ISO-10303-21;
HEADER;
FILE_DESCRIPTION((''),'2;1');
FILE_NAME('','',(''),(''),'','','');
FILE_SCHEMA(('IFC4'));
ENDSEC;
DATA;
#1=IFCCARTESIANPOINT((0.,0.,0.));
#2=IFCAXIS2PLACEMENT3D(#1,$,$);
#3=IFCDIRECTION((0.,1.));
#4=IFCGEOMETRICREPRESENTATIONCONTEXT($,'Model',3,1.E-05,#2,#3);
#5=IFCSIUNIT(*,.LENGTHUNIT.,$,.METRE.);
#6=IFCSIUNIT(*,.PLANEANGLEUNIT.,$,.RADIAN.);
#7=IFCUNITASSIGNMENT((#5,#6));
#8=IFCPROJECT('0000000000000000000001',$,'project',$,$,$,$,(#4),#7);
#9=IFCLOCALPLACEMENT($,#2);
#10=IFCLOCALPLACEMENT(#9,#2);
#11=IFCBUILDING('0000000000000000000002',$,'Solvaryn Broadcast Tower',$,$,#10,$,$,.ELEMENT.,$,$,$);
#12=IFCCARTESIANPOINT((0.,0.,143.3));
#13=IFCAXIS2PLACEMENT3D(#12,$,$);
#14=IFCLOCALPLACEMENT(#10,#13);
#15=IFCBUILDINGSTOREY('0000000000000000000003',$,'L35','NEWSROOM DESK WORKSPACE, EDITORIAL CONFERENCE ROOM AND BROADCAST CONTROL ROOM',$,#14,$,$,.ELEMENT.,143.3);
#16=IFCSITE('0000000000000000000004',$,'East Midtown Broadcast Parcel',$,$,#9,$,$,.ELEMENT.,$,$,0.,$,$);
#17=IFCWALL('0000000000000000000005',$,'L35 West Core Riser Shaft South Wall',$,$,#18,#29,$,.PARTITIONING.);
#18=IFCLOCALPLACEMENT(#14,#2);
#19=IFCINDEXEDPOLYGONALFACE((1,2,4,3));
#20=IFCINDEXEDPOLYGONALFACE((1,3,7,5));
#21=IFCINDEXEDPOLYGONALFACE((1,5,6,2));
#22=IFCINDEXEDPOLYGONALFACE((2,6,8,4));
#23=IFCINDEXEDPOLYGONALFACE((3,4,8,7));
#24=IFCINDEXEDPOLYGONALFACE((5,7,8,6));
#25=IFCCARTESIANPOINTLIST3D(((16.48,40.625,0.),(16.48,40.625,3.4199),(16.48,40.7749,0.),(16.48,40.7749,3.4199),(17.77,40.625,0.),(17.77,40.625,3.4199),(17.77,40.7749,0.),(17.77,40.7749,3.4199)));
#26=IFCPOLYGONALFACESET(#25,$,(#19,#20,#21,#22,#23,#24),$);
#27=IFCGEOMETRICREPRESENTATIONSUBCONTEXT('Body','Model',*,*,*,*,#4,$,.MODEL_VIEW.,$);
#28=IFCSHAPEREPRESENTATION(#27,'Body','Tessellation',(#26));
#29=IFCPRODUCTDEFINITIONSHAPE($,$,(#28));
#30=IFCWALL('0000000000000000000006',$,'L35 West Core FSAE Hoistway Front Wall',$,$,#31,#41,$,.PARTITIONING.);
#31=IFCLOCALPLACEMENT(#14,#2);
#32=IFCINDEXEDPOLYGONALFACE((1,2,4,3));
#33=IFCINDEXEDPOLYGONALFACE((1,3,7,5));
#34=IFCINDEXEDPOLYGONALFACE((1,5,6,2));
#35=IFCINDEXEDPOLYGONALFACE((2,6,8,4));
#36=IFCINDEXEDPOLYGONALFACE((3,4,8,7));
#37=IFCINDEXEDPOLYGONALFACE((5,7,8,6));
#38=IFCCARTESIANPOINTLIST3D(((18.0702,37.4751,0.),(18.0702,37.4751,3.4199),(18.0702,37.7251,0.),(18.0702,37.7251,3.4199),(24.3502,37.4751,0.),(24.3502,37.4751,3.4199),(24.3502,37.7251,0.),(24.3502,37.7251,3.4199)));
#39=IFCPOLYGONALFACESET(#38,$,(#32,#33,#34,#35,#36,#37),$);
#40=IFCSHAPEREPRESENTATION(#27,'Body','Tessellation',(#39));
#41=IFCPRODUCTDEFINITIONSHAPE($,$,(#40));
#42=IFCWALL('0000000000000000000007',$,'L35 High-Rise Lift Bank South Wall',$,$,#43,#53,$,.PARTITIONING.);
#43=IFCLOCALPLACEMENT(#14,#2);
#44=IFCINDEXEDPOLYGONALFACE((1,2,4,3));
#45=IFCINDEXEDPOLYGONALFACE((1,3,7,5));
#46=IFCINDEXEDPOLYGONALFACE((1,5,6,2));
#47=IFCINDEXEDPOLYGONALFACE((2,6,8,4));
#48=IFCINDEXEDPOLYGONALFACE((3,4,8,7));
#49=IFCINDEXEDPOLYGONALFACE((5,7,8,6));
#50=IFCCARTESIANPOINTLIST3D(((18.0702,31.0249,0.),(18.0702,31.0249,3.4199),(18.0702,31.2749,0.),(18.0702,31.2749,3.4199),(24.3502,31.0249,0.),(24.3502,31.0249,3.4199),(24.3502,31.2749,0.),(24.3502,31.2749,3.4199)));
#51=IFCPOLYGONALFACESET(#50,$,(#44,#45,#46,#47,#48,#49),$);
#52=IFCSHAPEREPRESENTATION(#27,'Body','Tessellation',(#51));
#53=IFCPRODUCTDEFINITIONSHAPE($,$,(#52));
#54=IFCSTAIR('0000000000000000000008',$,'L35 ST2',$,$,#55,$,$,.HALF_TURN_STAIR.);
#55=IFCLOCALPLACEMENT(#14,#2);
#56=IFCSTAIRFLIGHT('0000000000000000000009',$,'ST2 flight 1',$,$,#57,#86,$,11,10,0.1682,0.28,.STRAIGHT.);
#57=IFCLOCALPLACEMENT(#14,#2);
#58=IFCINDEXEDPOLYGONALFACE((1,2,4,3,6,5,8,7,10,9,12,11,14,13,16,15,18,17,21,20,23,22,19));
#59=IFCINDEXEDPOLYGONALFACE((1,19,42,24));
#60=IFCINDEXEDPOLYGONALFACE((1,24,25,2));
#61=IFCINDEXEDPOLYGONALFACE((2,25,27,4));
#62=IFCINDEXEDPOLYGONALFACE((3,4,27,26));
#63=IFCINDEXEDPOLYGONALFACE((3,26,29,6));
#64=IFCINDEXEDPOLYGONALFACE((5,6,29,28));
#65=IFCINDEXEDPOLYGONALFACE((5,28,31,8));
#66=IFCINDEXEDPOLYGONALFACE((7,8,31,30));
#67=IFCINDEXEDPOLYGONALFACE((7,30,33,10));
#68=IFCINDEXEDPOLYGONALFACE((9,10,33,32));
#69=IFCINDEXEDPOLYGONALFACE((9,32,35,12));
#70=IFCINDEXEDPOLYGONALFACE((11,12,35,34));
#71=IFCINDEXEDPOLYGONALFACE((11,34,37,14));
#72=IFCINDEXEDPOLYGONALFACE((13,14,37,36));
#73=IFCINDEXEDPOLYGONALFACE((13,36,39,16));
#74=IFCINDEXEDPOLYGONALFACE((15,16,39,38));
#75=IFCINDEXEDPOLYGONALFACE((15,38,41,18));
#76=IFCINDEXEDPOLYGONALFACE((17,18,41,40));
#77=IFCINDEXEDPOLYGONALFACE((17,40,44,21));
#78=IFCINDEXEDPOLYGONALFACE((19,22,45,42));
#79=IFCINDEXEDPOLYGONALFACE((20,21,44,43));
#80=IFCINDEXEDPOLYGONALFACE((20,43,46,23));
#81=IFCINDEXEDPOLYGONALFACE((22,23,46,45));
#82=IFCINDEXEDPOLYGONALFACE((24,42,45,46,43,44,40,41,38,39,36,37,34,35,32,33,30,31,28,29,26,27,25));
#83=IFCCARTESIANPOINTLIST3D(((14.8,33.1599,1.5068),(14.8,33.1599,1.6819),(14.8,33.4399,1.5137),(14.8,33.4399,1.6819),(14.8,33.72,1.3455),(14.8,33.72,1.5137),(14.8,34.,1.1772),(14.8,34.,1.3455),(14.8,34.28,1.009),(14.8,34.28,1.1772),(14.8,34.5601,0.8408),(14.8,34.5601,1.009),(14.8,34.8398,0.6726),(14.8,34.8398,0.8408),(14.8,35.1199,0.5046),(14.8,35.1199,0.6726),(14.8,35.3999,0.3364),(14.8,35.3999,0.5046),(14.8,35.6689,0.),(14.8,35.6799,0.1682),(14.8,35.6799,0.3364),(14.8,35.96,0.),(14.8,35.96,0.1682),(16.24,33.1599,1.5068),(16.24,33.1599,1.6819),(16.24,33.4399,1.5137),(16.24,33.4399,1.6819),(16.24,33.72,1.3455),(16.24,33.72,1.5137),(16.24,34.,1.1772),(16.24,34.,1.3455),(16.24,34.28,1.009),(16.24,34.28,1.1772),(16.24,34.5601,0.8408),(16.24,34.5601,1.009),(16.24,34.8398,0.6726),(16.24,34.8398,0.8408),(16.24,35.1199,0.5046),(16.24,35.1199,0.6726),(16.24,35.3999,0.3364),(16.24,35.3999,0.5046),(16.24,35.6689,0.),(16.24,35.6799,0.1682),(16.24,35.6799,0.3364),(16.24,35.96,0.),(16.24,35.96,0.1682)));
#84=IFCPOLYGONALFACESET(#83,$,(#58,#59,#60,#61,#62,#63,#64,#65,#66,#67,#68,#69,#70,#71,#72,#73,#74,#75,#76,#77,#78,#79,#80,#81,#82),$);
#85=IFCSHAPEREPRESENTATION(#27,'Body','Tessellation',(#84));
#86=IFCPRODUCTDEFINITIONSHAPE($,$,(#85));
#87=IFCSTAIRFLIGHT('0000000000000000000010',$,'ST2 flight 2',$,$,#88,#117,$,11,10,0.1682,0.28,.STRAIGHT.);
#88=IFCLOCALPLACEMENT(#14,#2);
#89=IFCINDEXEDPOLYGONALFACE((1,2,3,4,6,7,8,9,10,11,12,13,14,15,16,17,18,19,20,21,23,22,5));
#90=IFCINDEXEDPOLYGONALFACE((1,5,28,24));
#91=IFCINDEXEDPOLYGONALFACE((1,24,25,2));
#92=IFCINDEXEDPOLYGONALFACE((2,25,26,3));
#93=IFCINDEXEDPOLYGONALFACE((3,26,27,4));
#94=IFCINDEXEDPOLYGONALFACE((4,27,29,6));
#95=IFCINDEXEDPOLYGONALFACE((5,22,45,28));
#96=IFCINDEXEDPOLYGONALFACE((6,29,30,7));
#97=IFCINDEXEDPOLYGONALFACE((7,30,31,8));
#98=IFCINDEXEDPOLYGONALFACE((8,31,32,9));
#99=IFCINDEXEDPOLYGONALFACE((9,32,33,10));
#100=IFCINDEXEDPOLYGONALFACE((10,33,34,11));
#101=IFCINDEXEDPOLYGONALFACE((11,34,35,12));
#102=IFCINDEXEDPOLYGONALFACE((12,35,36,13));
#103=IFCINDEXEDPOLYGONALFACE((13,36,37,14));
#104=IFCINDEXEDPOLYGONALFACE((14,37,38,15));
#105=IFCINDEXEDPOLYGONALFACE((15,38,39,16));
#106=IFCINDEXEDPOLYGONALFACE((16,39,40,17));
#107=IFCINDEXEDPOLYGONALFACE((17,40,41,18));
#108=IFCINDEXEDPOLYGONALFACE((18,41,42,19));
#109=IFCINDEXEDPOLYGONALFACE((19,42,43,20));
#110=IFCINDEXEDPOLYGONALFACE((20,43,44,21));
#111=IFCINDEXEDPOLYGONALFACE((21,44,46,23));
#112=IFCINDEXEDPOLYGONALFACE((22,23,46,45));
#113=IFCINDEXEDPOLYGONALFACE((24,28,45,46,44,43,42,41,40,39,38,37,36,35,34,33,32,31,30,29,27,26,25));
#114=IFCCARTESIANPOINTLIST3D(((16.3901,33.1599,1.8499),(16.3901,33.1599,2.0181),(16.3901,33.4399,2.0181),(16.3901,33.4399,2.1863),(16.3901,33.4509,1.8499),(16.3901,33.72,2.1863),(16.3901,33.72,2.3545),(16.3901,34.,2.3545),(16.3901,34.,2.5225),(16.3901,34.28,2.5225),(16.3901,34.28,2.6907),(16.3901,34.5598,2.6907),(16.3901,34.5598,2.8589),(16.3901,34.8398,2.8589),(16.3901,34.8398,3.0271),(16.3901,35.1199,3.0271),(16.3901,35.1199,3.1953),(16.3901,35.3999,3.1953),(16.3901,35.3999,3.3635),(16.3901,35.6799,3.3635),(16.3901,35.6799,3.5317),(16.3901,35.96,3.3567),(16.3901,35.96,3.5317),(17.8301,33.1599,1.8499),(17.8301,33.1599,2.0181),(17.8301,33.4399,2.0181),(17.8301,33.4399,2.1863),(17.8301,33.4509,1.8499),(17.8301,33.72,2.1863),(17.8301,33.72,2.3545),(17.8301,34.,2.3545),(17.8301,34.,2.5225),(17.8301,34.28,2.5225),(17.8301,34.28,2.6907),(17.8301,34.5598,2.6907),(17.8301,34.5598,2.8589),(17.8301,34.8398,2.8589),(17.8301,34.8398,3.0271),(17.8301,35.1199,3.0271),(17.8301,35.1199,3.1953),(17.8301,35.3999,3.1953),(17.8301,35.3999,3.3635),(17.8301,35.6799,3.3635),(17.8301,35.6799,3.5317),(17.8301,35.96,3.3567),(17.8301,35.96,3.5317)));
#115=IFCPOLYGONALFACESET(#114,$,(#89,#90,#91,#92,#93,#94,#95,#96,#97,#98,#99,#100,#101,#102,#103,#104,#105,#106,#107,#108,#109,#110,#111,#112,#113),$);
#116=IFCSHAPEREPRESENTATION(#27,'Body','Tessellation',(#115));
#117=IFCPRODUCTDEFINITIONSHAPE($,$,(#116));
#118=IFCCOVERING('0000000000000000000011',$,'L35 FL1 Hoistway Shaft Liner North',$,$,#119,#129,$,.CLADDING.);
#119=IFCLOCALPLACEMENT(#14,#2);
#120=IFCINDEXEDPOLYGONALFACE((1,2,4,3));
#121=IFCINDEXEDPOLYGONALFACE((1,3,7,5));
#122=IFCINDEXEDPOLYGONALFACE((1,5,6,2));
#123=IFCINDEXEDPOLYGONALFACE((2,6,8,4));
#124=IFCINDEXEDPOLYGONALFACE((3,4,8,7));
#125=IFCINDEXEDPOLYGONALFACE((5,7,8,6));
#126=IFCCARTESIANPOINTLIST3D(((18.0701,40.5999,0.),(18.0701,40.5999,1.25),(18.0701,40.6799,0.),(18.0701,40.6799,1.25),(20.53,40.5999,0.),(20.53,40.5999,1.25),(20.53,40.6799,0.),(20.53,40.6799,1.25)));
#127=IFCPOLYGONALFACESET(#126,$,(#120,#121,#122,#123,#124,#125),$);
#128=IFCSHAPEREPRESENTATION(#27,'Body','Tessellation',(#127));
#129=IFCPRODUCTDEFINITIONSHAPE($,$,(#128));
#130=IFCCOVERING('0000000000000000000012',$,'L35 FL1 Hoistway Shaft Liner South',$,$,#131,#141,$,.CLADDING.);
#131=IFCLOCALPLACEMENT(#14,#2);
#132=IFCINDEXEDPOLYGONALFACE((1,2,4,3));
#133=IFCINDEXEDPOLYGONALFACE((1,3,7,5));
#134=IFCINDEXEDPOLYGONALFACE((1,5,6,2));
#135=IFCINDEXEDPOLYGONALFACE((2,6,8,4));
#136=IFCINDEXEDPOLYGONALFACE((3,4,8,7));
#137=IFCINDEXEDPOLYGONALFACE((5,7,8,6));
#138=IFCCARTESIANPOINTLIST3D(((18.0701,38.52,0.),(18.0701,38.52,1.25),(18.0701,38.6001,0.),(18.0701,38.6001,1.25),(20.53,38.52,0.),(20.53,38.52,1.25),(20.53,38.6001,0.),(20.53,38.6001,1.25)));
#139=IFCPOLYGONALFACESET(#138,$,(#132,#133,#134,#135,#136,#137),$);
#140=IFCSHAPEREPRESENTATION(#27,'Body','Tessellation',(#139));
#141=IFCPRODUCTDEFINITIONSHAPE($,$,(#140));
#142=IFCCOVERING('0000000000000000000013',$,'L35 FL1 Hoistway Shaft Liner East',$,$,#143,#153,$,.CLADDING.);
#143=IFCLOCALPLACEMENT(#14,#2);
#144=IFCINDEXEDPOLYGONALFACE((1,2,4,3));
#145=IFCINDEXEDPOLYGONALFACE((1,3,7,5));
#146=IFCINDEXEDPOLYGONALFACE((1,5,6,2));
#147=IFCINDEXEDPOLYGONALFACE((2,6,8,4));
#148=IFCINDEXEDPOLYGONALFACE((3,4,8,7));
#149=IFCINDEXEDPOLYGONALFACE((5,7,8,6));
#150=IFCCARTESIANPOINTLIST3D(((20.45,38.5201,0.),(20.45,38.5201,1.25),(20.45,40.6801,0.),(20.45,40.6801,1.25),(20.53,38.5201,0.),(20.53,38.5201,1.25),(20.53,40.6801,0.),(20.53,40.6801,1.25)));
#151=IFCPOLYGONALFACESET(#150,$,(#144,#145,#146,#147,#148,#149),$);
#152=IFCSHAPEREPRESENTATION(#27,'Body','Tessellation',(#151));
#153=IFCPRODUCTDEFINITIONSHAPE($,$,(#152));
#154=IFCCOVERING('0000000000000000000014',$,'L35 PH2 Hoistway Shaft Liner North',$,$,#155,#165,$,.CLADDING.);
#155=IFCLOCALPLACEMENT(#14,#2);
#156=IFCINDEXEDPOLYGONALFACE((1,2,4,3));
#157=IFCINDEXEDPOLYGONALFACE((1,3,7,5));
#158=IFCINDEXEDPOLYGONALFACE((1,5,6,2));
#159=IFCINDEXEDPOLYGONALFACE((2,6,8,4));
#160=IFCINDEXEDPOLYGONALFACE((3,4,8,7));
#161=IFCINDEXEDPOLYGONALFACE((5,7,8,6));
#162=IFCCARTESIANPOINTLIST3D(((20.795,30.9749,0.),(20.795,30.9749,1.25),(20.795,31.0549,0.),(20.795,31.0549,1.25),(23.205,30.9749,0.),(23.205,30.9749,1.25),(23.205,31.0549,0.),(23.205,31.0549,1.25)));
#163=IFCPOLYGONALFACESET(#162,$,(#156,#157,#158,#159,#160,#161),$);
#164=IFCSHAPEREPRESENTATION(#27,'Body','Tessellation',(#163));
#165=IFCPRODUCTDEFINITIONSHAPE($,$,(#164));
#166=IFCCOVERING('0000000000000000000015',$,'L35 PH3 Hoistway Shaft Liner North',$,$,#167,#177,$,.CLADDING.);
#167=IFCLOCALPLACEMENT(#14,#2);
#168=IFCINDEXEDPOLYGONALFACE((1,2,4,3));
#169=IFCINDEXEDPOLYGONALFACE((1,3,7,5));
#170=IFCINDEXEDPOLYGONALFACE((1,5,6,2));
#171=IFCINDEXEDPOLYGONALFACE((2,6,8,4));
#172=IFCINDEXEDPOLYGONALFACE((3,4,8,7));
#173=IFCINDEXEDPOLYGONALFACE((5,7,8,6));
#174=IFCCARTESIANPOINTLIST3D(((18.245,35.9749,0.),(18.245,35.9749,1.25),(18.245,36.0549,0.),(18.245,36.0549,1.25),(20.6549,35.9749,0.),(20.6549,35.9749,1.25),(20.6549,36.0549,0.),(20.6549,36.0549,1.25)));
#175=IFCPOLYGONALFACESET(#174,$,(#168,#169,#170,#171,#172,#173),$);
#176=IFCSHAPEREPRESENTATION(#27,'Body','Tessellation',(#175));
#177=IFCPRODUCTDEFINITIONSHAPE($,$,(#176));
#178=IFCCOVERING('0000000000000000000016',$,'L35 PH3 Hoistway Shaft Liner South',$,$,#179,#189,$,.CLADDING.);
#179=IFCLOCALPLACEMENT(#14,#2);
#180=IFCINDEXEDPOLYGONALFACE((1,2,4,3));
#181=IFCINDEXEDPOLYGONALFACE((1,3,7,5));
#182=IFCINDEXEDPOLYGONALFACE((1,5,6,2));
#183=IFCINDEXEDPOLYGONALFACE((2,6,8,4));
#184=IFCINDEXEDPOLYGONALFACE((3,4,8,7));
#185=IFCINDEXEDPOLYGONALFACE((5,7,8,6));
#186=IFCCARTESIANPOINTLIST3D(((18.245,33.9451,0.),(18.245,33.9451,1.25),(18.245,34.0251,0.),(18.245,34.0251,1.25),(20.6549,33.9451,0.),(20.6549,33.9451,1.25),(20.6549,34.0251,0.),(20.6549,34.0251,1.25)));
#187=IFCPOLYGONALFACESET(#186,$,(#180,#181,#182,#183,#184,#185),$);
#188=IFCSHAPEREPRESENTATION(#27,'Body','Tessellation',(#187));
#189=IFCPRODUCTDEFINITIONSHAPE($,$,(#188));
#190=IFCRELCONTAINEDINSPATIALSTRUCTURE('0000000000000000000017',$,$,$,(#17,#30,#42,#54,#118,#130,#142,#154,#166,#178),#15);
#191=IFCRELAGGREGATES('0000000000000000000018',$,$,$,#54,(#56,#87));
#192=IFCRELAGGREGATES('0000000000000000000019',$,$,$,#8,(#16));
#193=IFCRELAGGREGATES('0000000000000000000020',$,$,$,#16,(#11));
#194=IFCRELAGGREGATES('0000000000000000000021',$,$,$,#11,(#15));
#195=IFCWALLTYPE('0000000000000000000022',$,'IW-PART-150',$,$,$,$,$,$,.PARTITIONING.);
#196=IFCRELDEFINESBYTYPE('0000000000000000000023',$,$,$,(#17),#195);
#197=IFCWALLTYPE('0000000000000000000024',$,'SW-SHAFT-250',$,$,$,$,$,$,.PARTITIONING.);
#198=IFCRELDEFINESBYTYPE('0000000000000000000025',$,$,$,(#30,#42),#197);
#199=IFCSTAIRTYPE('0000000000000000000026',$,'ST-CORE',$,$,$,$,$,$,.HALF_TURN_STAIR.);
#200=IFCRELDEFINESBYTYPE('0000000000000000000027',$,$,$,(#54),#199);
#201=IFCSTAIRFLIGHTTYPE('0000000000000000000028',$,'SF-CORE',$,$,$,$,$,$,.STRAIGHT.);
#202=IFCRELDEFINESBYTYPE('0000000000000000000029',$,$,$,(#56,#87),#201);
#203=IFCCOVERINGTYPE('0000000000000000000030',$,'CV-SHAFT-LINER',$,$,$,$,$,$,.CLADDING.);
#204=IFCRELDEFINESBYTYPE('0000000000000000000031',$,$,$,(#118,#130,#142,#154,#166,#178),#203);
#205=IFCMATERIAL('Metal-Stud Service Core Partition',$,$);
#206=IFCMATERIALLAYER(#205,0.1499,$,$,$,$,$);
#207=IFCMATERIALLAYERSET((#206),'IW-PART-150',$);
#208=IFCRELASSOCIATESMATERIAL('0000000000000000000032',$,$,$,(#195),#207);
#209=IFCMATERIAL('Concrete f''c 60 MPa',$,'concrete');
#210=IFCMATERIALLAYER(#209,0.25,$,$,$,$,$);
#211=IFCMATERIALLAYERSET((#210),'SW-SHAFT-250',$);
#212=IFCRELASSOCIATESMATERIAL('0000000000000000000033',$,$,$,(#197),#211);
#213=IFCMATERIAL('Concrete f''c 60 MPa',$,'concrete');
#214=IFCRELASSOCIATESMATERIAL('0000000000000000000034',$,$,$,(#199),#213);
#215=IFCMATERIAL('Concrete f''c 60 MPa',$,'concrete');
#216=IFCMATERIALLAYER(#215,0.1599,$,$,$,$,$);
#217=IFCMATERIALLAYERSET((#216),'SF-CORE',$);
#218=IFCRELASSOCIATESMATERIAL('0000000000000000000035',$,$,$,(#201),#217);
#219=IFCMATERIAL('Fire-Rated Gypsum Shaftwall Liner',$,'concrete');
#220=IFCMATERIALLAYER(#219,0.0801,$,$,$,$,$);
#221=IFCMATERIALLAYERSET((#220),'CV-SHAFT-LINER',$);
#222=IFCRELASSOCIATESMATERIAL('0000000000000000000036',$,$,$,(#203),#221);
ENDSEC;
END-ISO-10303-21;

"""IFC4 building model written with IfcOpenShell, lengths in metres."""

from ifc_helpers import new_model, si_unit, direction, frame, frame_2d, origin, origin_2d, place, context, subcontext, project, spatial, polyline, rectangle, outline, extrude, material, layer, layer_set, type_object, element, aggregate, save


model = new_model("IFC4")

# Units and contexts
model_context = context("Model", 3, precision=1e-05, world=origin(), true_north=direction((0.0, 1.0)))
body_context = subcontext(model_context, "Body", "Model", "MODEL_VIEW")
ifc_project = project(units=[si_unit("LENGTHUNIT", "METRE"), si_unit("PLANEANGLEUNIT", "RADIAN")], contexts=[model_context])

# Site, building, storey
site_placement = place(None, origin())
site = spatial("IfcSite", under=ifc_project, at=site_placement, Name="East Midtown Broadcast Parcel", CompositionType="ELEMENT", RefElevation=0.0)
building_placement = place(site_placement, origin())
building = spatial("IfcBuilding", under=site, at=building_placement, Name="Solvaryn Broadcast Tower", CompositionType="ELEMENT")
storey_placement = place(building_placement, frame((0.0, 0.0, 143.3)))
storey = spatial("IfcBuildingStorey", under=building, at=storey_placement, Name="L35", Description="NEWSROOM DESK WORKSPACE, EDITORIAL CONFERENCE ROOM AND BROADCAST CONTROL ROOM", CompositionType="ELEMENT", Elevation=143.3)

# Walls
ifc_material_1 = material(Name="Metal-Stud Service Core Partition")
ifc_layer_1 = layer(ifc_material_1, 0.1499)
ifc_layer_set_1 = layer_set([ifc_layer_1], Name="IW-PART-150")
wall_type_1 = type_object("IfcWallType", Name="IW-PART-150", PredefinedType="PARTITIONING", material=ifc_layer_set_1)
wall_1_placement = place(storey_placement, frame((16.48, 40.7, 0.0), z_axis=(0.0, 0.0, 1.0), x_axis=(1.0, 0.0, 0.0)))
element("IfcWall", 1, at=wall_1_placement, inside=storey, type_object=wall_type_1, Name="L35 West Core Riser Shaft South Wall", PredefinedType="PARTITIONING", context=body_context, shape_type="SweptSolid", body=[
    extrude(rectangle(XDim=1.29, YDim=0.1499, at=frame_2d((0.645, 0.0))), origin(), (0.0, 0.0, 1.0), 3.4199),
])
ifc_material_2 = material(Name="Concrete f'c 60 MPa", Category="concrete")
ifc_layer_2 = layer(ifc_material_2, 0.25)
ifc_layer_set_2 = layer_set([ifc_layer_2], Name="SW-SHAFT-250")
wall_type_2 = type_object("IfcWallType", Name="SW-SHAFT-250", PredefinedType="PARTITIONING", material=ifc_layer_set_2)
for number, where, z_axis, x_axis, name in (
    (2, (18.0701, 37.6001, 0.0), (0.0, 0.0, 1.0), (1.0, 0.0, 0.0), "L35 West Core FSAE Hoistway Front Wall"),
    (3, (18.0701, 31.1499, 0.0), (0.0, 0.0, 1.0), (1.0, 0.0, 0.0), "L35 High-Rise Lift Bank South Wall"),
):
    element("IfcWall", number, at=place(storey_placement, frame(where, z_axis=z_axis, x_axis=x_axis)), inside=storey, type_object=wall_type_2, Name=name, PredefinedType="PARTITIONING", context=body_context, shape_type="SweptSolid", body=[
        extrude(rectangle(XDim=6.28, YDim=0.25, at=frame_2d((3.1401, 0.0))), origin(), (0.0, 0.0, 1.0), 3.4199),
    ])

# Stair, stair flights
ifc_material_3 = material(Name="Concrete f'c 60 MPa", Category="concrete")
stair_type = type_object("IfcStairType", Name="ST-CORE", PredefinedType="HALF_TURN_STAIR", material=ifc_material_3)
stair_placement = place(storey_placement, origin())
stair = element("IfcStair", 4, at=stair_placement, inside=storey, type_object=stair_type, Name="L35 ST2", PredefinedType="HALF_TURN_STAIR")
ifc_material_4 = material(Name="Concrete f'c 60 MPa", Category="concrete")
ifc_layer_3 = layer(ifc_material_4, 0.1599)
ifc_layer_set_3 = layer_set([ifc_layer_3], Name="SF-CORE")
stair_flight_type = type_object("IfcStairFlightType", Name="SF-CORE", PredefinedType="STRAIGHT", material=ifc_layer_set_3)
stair_flight_1_placement = place(storey_placement, frame((15.52, 35.96, 0.0), z_axis=(0.0, 0.0, 1.0), x_axis=(0.0, -1.0, 0.0)))
stair_flight_1 = element("IfcStairFlight", 5, at=stair_flight_1_placement, type_object=stair_flight_type, Name="ST2 flight 1", NumberOfRisers=11, NumberOfTreads=10, PredefinedType="STRAIGHT", RiserHeight=0.1682, TreadLength=0.28, context=body_context, shape_type="SweptSolid", body=[
    extrude(outline(polyline([(0.0, 0.0), (0.0, 0.1682), (0.28, 0.1682), (0.28, 0.3364), (0.5601, 0.3364), (0.5601, 0.5046), (0.8401, 0.5046), (0.8401, 0.6726), (1.1201, 0.6726), (1.1201, 0.8408), (1.3999, 0.8408), (1.3999, 1.009), (1.6799, 1.009), (1.6799, 1.1772), (1.96, 1.1772), (1.96, 1.3455), (2.24, 1.3455), (2.24, 1.5137), (2.52, 1.5137), (2.52, 1.6819), (2.8, 1.6819), (2.8, 1.8501), (2.8, 1.5068), (0.291, 0.0), (0.0, 0.0)])), frame((0.0, 0.72, 0.0), z_axis=(0.0, -1.0, 0.0), x_axis=(1.0, 0.0, 0.0)), (0.0, 0.0, 1.0), 1.4399),
])
stair_flight_2_placement = place(storey_placement, frame((17.1101, 33.1599, 1.8499), z_axis=(0.0, 0.0, 1.0), x_axis=(0.0, 1.0, 0.0)))
stair_flight_2 = element("IfcStairFlight", 6, at=stair_flight_2_placement, type_object=stair_flight_type, Name="ST2 flight 2", NumberOfRisers=11, NumberOfTreads=10, PredefinedType="STRAIGHT", RiserHeight=0.1682, TreadLength=0.28, context=body_context, shape_type="SweptSolid", body=[
    extrude(outline(polyline([(0.0, 0.0), (0.0, 0.1682), (0.28, 0.1682), (0.28, 0.3364), (0.5601, 0.3364), (0.5601, 0.5046), (0.8401, 0.5046), (0.8401, 0.6726), (1.1201, 0.6726), (1.1201, 0.8408), (1.3999, 0.8408), (1.3999, 1.009), (1.6799, 1.009), (1.6799, 1.1772), (1.96, 1.1772), (1.96, 1.3455), (2.24, 1.3455), (2.24, 1.5137), (2.52, 1.5137), (2.52, 1.6819), (2.8, 1.6819), (2.8, 1.8501), (2.8, 1.5068), (0.291, 0.0), (0.0, 0.0)])), frame((0.0, 0.72, 0.0), z_axis=(0.0, -1.0, 0.0), x_axis=(1.0, 0.0, 0.0)), (0.0, 0.0, 1.0), 1.4399),
])
aggregate(stair, [stair_flight_1, stair_flight_2])

# Coverings
ifc_material_5 = material(Name="Fire-Rated Gypsum Shaftwall Liner", Category="concrete")
ifc_layer_4 = layer(ifc_material_5, 0.0801)
ifc_layer_set_4 = layer_set([ifc_layer_4], Name="CV-SHAFT-LINER")
covering_type = type_object("IfcCoveringType", Name="CV-SHAFT-LINER", PredefinedType="CLADDING", material=ifc_layer_set_4)
for number, where, z_axis, x_axis, name in (
    (7, (19.3, 40.6399, 0.0), (0.0, 0.0, 1.0), (1.0, 0.0, 0.0), "L35 FL1 Hoistway Shaft Liner North"),
    (8, (19.3, 38.5601, 0.0), (0.0, 0.0, 1.0), (1.0, 0.0, 0.0), "L35 FL1 Hoistway Shaft Liner South"),
):
    element("IfcCovering", number, at=place(storey_placement, frame(where, z_axis=z_axis, x_axis=x_axis)), inside=storey, type_object=covering_type, Name=name, PredefinedType="CLADDING", context=body_context, shape_type="SweptSolid", body=[
        extrude(rectangle(XDim=2.46, YDim=0.0801, at=origin_2d()), origin(), (0.0, 0.0, 1.0), 1.25),
    ])
covering_1_placement = place(storey_placement, frame((20.49, 39.6001, 0.0), z_axis=(0.0, 0.0, 1.0), x_axis=(1.0, 0.0, 0.0)))
element("IfcCovering", 9, at=covering_1_placement, inside=storey, type_object=covering_type, Name="L35 FL1 Hoistway Shaft Liner East", PredefinedType="CLADDING", context=body_context, shape_type="SweptSolid", body=[
    extrude(rectangle(XDim=0.0801, YDim=2.1599, at=origin_2d()), origin(), (0.0, 0.0, 1.0), 1.25),
])
for number, where, z_axis, x_axis, name in (
    (10, (22.0, 31.0149, 0.0), (0.0, 0.0, 1.0), (1.0, 0.0, 0.0), "L35 PH2 Hoistway Shaft Liner North"),
    (11, (19.45, 36.0149, 0.0), (0.0, 0.0, 1.0), (1.0, 0.0, 0.0), "L35 PH3 Hoistway Shaft Liner North"),
    (12, (19.45, 33.9851, 0.0), (0.0, 0.0, 1.0), (1.0, 0.0, 0.0), "L35 PH3 Hoistway Shaft Liner South"),
):
    element("IfcCovering", number, at=place(storey_placement, frame(where, z_axis=z_axis, x_axis=x_axis)), inside=storey, type_object=covering_type, Name=name, PredefinedType="CLADDING", context=body_context, shape_type="SweptSolid", body=[
        extrude(rectangle(XDim=2.4099, YDim=0.0801, at=origin_2d()), origin(), (0.0, 0.0, 1.0), 1.25),
    ])

save(model, "model.ifc")
